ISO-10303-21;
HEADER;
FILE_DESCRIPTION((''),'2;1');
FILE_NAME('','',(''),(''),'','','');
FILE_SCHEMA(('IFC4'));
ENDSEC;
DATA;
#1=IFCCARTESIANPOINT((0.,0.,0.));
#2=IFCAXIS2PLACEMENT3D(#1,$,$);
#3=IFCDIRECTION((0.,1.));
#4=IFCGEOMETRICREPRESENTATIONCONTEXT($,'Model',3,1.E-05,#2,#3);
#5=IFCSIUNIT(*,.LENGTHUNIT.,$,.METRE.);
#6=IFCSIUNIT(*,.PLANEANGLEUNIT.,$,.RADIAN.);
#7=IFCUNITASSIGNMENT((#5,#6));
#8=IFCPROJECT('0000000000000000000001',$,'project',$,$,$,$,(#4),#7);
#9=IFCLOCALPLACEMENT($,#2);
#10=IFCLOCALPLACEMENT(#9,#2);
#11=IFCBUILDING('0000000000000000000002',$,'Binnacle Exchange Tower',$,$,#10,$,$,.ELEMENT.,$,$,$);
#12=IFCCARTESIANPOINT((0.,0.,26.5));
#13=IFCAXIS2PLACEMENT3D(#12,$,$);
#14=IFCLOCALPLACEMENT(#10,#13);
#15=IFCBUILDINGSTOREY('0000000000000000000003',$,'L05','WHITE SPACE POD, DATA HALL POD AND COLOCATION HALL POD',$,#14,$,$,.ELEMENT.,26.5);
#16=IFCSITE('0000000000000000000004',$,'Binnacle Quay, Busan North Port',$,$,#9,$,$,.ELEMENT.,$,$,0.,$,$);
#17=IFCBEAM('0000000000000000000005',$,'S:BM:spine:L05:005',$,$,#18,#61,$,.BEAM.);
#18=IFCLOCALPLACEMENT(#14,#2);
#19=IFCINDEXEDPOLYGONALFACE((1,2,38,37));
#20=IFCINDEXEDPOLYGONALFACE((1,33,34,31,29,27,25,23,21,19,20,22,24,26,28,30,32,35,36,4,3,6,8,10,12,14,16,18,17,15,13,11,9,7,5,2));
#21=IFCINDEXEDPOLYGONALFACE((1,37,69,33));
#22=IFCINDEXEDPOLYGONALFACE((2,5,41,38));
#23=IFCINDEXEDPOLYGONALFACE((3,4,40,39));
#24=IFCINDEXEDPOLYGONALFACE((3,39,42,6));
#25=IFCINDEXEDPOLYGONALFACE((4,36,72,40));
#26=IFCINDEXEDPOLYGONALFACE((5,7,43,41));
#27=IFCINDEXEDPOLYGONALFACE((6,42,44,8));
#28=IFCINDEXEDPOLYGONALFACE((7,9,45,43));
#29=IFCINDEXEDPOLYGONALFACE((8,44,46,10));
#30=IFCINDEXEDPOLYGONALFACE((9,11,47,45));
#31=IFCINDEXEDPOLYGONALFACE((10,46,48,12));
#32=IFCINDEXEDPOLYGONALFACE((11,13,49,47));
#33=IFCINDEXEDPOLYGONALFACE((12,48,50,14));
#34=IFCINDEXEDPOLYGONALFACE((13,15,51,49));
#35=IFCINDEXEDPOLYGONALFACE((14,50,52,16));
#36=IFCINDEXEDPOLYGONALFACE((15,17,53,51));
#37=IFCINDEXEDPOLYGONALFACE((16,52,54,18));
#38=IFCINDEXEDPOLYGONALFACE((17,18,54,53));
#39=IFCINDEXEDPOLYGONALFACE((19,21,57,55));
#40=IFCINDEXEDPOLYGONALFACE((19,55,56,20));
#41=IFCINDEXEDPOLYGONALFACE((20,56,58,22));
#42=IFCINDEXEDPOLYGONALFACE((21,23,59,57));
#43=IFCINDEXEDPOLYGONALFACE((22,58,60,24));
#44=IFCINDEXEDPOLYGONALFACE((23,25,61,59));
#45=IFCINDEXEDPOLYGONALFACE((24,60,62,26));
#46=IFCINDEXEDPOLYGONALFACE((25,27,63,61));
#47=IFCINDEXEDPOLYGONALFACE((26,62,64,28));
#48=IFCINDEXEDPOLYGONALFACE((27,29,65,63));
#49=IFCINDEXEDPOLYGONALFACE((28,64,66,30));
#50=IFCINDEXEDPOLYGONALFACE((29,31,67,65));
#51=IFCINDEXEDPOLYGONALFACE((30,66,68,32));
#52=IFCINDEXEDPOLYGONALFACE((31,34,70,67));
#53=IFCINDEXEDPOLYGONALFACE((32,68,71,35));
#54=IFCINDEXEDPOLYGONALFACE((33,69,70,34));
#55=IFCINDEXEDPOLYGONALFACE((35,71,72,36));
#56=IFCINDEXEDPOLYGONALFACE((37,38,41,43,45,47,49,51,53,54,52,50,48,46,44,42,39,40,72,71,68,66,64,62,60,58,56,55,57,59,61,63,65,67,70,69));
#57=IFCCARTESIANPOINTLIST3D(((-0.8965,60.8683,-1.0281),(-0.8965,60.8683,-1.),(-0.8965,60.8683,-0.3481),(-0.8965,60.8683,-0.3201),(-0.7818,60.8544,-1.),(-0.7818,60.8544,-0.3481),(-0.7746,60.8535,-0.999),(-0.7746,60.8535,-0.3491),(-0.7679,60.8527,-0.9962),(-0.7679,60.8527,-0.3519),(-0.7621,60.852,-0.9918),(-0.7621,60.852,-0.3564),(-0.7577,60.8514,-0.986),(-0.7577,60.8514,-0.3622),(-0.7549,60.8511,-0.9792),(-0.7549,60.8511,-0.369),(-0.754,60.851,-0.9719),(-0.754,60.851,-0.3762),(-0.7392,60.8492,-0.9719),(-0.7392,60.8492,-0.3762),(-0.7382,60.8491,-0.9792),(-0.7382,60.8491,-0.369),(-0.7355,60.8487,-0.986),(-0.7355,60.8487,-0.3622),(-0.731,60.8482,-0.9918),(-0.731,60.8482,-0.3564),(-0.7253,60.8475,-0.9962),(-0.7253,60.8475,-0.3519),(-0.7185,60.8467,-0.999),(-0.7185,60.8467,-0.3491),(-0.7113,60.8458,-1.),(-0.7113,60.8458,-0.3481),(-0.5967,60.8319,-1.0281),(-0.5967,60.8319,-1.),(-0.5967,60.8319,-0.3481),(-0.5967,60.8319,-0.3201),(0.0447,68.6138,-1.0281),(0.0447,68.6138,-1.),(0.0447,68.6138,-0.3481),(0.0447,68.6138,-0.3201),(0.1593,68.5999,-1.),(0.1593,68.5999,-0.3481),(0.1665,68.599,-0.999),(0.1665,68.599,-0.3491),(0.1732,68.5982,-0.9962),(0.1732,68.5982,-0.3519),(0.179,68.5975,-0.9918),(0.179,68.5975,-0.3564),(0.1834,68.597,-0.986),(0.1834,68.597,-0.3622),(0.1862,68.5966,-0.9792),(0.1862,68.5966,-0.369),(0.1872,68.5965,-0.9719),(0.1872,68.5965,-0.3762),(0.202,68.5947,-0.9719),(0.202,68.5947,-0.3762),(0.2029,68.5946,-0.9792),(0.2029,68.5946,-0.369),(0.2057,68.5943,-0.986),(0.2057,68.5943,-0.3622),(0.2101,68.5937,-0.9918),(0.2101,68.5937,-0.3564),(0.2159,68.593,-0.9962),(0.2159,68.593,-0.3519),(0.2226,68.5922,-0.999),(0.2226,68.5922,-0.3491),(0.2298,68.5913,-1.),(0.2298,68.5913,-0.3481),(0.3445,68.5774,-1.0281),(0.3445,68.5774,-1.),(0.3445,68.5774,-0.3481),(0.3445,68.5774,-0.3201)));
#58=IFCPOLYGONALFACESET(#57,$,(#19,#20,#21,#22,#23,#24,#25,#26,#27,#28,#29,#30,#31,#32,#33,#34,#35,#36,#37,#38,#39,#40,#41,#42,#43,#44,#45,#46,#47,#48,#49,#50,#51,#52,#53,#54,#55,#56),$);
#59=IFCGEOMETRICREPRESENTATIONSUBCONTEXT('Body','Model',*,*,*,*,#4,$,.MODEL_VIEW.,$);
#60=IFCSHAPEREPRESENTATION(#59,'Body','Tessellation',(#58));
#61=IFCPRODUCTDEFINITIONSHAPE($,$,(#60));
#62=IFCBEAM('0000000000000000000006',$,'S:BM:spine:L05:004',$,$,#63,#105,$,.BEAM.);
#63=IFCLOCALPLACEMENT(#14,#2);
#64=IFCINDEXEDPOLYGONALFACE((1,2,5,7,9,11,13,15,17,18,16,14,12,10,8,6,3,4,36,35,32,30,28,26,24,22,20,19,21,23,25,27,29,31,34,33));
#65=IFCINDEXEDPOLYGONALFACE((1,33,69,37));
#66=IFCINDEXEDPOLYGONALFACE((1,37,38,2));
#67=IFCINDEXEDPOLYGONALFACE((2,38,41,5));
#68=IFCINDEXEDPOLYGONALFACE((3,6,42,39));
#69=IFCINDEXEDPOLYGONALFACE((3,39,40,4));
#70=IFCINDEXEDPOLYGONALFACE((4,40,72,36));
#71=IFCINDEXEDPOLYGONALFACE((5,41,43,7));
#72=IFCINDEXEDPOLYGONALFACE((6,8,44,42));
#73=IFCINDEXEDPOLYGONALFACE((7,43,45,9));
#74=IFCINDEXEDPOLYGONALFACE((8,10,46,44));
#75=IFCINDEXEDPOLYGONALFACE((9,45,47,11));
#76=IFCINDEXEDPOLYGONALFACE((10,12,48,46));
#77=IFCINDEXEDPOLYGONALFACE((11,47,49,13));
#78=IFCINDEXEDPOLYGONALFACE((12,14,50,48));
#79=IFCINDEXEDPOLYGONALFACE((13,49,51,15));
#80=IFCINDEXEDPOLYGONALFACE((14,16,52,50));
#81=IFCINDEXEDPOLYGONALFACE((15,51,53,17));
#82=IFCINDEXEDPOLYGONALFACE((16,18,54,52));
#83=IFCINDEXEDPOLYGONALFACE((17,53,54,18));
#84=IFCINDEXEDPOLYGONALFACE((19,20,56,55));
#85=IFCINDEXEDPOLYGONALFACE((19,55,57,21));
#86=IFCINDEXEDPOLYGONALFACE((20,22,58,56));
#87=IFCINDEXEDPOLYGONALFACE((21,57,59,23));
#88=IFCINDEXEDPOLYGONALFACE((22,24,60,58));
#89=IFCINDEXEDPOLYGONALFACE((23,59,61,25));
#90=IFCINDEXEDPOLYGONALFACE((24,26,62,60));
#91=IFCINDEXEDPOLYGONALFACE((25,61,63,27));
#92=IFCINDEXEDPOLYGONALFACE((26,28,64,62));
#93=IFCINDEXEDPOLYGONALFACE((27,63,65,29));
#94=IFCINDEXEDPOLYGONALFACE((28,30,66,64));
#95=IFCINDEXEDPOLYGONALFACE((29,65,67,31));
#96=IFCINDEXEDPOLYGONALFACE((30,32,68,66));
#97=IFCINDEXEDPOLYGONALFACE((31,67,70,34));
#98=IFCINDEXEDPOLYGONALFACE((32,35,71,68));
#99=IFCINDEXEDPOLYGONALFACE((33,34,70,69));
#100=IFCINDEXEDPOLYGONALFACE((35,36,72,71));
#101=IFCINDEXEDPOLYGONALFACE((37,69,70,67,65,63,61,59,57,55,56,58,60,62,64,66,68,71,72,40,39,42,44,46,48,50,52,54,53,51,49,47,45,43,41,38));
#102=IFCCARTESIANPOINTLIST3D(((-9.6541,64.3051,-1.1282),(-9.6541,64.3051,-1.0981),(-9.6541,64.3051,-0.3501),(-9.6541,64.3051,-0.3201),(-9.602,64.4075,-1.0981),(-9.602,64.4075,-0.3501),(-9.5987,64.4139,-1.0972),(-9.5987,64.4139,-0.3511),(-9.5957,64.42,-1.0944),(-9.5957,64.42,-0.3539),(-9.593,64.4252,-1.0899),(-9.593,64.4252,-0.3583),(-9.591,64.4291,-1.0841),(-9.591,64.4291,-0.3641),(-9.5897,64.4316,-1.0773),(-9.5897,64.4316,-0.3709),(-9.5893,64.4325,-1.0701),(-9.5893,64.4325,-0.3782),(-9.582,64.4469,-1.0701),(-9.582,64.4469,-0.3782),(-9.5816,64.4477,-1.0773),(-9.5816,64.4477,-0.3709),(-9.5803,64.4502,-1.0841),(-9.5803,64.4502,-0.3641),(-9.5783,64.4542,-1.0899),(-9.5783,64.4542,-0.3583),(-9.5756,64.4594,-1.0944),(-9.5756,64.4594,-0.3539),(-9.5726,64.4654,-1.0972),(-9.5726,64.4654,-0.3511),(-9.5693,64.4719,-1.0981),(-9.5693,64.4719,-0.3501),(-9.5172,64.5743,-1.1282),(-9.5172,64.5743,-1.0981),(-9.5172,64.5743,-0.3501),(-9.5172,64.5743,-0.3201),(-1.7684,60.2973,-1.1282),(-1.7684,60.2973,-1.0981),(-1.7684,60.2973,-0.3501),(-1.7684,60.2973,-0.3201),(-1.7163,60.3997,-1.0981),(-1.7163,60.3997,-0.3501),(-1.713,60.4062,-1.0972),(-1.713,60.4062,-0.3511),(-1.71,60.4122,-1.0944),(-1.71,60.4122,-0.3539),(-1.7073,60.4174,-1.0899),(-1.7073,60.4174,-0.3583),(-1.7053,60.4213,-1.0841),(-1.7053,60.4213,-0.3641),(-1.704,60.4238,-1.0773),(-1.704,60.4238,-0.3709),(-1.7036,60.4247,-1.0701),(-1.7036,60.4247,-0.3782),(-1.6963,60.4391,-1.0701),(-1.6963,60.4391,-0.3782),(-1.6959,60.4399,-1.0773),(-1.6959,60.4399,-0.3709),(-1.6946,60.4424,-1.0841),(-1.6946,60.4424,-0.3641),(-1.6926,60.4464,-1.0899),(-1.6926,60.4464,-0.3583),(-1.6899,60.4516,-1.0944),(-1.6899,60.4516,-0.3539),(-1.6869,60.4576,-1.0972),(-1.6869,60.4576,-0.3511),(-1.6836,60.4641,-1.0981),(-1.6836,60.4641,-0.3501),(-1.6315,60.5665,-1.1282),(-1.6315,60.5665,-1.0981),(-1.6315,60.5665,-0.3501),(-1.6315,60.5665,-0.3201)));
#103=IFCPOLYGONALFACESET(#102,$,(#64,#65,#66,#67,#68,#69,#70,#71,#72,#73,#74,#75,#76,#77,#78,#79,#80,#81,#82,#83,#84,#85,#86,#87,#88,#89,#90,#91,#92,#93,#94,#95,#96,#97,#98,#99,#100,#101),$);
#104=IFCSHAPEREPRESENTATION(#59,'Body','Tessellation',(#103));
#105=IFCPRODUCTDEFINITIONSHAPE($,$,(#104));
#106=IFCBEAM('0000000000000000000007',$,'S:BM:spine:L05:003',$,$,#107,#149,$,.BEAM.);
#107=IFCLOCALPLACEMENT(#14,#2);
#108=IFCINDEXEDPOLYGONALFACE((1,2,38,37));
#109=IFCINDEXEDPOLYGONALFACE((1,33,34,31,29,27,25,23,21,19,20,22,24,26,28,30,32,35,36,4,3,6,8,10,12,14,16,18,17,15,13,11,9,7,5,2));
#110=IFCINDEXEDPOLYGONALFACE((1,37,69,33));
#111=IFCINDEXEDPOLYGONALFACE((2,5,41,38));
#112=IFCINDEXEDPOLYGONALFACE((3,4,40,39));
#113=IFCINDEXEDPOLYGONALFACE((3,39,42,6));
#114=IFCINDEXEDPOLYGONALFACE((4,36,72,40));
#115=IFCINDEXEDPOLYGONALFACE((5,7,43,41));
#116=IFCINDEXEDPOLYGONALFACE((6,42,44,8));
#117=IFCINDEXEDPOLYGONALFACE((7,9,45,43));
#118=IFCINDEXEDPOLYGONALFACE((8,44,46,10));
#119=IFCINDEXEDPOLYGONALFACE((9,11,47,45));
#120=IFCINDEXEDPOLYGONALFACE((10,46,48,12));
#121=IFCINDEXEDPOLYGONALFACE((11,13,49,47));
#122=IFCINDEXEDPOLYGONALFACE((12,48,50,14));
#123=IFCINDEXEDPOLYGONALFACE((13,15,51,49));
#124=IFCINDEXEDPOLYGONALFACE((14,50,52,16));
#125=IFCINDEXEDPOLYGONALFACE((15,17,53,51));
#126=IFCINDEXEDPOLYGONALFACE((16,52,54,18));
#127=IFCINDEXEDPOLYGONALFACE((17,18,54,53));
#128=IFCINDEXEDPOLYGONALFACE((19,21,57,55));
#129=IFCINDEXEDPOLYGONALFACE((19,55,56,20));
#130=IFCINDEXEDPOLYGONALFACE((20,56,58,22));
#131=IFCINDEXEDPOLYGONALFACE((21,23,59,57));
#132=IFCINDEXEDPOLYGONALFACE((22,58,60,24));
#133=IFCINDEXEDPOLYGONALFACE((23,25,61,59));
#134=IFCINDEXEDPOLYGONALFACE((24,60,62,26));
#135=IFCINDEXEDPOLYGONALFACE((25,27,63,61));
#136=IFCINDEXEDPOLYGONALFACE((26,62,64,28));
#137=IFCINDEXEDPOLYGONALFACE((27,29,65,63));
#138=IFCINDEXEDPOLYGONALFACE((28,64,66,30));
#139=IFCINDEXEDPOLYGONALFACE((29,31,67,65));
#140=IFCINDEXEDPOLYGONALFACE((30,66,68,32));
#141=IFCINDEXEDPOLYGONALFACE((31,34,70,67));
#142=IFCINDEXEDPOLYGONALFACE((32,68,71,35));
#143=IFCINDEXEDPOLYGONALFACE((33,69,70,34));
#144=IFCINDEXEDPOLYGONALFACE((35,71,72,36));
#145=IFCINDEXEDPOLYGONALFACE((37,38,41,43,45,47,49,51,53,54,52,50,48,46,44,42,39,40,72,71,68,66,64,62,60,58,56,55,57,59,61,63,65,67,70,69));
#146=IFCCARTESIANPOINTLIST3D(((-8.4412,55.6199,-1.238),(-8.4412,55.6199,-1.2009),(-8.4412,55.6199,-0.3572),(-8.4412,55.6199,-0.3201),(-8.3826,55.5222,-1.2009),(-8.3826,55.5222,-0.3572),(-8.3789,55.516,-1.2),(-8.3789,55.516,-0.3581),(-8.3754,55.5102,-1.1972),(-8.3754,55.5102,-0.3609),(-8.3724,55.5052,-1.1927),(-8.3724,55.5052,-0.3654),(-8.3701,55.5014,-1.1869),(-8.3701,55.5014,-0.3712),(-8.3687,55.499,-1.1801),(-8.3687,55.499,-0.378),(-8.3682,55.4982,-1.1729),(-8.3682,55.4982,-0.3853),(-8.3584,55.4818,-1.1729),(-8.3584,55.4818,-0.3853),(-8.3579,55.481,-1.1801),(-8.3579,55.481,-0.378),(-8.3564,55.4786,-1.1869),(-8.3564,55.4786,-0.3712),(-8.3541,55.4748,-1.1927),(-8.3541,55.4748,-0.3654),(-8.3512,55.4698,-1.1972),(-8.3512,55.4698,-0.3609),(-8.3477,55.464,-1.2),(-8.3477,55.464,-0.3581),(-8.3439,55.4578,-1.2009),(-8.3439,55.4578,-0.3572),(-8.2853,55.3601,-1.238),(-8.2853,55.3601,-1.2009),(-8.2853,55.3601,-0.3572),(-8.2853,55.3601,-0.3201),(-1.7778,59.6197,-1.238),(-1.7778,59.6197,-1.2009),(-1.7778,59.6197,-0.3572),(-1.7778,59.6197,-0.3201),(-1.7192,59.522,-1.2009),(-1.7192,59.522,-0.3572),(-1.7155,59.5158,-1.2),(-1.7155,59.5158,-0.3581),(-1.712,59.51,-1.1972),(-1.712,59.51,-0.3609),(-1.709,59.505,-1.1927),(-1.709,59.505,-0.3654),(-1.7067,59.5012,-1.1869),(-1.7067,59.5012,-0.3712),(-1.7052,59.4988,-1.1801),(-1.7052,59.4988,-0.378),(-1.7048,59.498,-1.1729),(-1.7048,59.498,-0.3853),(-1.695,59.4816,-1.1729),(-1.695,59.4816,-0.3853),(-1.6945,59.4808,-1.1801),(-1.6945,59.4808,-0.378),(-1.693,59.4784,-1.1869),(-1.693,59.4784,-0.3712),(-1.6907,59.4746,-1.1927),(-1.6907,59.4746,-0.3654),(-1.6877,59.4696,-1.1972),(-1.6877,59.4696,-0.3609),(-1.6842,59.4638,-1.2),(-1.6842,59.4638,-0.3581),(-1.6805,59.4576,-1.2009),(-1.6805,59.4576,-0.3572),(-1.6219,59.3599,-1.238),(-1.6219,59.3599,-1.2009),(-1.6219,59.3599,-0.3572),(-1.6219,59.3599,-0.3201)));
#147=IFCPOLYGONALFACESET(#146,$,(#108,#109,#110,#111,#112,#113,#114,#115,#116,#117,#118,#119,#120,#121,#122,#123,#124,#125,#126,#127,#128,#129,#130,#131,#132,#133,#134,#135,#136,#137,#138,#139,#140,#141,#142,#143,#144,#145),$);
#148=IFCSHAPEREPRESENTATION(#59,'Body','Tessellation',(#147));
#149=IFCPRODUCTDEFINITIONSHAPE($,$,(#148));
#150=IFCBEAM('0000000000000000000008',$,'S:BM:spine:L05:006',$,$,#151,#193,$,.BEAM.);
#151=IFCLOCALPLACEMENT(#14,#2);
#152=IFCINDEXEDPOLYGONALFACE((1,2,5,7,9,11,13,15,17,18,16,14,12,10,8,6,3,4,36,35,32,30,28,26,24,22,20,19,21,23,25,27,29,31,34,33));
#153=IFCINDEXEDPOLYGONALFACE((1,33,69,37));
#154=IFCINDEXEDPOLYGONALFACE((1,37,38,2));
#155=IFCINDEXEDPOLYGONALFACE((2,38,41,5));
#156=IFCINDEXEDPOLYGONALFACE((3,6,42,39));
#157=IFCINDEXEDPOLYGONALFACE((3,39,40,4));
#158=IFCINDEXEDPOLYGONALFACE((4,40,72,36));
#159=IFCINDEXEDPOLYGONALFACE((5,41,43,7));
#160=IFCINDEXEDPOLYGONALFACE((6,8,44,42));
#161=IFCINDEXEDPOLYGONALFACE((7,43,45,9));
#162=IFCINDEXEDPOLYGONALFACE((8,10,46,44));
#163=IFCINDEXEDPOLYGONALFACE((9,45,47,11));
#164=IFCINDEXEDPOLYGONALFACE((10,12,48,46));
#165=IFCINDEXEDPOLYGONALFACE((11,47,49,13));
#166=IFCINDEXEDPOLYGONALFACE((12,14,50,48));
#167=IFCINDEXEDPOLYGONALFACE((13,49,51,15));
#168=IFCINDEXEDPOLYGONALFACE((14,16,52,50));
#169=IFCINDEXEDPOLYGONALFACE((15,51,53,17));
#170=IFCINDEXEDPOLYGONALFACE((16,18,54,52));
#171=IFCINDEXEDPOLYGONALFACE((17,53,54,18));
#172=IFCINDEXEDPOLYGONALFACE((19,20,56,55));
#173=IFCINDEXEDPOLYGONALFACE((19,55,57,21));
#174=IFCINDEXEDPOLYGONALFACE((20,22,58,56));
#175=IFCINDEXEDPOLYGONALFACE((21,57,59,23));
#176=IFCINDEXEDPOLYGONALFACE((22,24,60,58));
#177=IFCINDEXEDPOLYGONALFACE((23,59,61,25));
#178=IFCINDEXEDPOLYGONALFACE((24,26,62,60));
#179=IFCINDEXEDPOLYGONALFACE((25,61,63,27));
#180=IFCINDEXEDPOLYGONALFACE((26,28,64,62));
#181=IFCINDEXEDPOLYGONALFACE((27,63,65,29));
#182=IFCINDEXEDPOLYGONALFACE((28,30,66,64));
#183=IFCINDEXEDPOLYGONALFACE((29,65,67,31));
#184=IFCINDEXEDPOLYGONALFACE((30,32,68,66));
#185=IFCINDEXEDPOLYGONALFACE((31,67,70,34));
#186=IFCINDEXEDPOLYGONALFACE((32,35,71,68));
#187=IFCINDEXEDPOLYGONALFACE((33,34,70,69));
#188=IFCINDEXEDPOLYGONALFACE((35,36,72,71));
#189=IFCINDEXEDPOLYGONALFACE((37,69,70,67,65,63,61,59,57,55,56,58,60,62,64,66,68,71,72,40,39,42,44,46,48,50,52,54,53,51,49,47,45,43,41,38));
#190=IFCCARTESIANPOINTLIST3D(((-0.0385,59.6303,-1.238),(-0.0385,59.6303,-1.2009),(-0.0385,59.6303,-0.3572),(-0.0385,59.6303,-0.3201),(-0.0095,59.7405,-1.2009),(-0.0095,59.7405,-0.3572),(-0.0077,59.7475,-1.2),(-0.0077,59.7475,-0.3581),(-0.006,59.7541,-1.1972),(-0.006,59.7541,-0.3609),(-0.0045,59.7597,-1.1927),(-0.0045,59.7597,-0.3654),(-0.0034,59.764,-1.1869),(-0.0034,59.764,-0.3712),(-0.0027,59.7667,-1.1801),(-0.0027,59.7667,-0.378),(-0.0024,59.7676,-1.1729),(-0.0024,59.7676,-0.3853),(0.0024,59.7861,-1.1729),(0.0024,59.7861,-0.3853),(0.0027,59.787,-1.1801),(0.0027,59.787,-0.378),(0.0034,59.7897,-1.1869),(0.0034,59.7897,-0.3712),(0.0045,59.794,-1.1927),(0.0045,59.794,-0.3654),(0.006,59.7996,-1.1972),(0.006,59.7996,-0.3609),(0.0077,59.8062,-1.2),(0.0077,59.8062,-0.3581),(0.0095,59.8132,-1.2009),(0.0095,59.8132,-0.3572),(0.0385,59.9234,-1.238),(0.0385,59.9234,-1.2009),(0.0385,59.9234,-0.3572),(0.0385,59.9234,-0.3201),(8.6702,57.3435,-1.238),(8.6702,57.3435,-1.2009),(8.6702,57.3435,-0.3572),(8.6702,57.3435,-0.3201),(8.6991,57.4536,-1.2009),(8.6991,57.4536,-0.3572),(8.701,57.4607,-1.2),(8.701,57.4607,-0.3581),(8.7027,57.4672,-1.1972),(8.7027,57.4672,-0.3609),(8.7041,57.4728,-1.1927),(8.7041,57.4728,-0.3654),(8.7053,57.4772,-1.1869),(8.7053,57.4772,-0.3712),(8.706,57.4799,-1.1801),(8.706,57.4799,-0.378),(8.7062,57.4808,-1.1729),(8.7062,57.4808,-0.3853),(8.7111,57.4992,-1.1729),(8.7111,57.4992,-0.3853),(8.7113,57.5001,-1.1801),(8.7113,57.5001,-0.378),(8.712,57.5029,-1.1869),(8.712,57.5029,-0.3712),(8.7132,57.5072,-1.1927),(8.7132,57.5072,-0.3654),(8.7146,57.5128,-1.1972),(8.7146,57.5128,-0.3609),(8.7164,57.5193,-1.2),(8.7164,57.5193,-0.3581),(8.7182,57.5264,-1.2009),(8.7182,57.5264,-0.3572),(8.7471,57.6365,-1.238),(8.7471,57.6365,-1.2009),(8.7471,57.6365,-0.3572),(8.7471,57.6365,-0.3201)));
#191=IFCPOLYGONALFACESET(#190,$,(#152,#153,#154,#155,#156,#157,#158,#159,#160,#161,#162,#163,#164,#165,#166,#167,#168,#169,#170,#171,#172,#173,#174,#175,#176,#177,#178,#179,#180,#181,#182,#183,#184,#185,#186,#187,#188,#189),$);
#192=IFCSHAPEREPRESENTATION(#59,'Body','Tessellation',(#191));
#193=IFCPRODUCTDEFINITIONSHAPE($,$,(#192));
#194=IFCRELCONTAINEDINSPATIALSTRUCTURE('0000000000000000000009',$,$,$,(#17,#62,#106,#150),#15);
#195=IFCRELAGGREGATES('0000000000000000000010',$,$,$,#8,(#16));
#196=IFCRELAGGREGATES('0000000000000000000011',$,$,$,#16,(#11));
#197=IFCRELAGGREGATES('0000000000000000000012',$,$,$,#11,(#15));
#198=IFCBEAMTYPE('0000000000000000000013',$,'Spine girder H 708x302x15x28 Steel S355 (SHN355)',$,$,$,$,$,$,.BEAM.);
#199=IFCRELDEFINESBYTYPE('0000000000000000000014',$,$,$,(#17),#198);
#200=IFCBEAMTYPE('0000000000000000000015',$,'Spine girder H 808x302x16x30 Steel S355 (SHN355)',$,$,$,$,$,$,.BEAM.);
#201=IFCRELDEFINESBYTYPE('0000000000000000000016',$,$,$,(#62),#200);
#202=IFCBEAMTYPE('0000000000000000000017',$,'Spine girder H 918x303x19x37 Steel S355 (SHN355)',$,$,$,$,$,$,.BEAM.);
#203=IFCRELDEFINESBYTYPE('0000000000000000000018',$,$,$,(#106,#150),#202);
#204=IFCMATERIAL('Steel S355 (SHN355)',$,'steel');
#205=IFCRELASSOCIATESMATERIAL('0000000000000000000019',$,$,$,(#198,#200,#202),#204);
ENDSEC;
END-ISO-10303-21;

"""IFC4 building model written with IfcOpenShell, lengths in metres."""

from ifc_helpers import new_model, si_unit, direction, frame, origin, origin_2d, place, context, subcontext, project, spatial, i_section, extrude, material, material_profile, profile_set, type_object, element, save


model = new_model("IFC4")

# Units and contexts
model_context = context("Model", 3, precision=1e-05, world=origin(), true_north=direction((0.0, 1.0)))
body_context = subcontext(model_context, "Body", "Model", "MODEL_VIEW")
ifc_project = project(units=[si_unit("LENGTHUNIT", "METRE"), si_unit("PLANEANGLEUNIT", "RADIAN")], contexts=[model_context])

# Site, building, storey
site_placement = place(None, origin())
site = spatial("IfcSite", under=ifc_project, at=site_placement, Name="Binnacle Quay, Busan North Port", CompositionType="ELEMENT", RefElevation=0.0)
building_placement = place(site_placement, origin())
building = spatial("IfcBuilding", under=site, at=building_placement, Name="Binnacle Exchange Tower", CompositionType="ELEMENT")
storey_placement = place(building_placement, frame((0.0, 0.0, 26.5)))
storey = spatial("IfcBuildingStorey", under=building, at=storey_placement, Name="L05", Description="WHITE SPACE POD, DATA HALL POD AND COLOCATION HALL POD", CompositionType="ELEMENT", Elevation=26.5)

# Beams
ifc_material_1 = material(Name="Steel S355 (SHN355)", Category="steel")
ifc_material_profile_1 = material_profile(ifc_material_1, i_section(OverallWidth=0.302, OverallDepth=0.708, WebThickness=0.0149, FlangeThickness=0.0281, FilletRadius=0.0281, at=origin_2d()), Name="H 708x302x15x28")
ifc_profile_set_1 = profile_set([ifc_material_profile_1], Name="Steel S355 (SHN355)")
beam_type_1 = type_object("IfcBeamType", Name="Spine girder H 708x302x15x28 Steel S355 (SHN355)", PredefinedType="BEAM", material=ifc_profile_set_1)
beam_1_placement = place(storey_placement, frame((-0.7466, 60.8501, -0.6741), z_axis=(0.120622, 0.992699, 0.0), x_axis=(-0.992699, 0.120622, 0.0)))
element("IfcBeam", 1, at=beam_1_placement, inside=storey, type_object=beam_type_1, Name="S:BM:spine:L05:005", PredefinedType="BEAM", context=body_context, shape_type="SweptSolid", body=[
    extrude(i_section(OverallWidth=0.302, OverallDepth=0.708, WebThickness=0.0149, FlangeThickness=0.0281, FilletRadius=0.0281, at=origin_2d()), origin(), (0.0, 0.0, 1.0), 7.8025),
])
ifc_material_profile_2 = material_profile(ifc_material_1, i_section(OverallWidth=0.302, OverallDepth=0.8081, WebThickness=0.0161, FlangeThickness=0.03, FilletRadius=0.0281, at=origin_2d()), Name="H 808x302x16x30")
ifc_profile_set_2 = profile_set([ifc_material_profile_2], Name="Steel S355 (SHN355)")
beam_type_2 = type_object("IfcBeamType", Name="Spine girder H 808x302x16x30 Steel S355 (SHN355)", PredefinedType="BEAM", material=ifc_profile_set_2)
beam_2_placement = place(storey_placement, frame((-1.7, 60.4319, -0.7241), z_axis=(-0.891471, 0.453077, 0.0), x_axis=(-0.453077, -0.891471, 0.0)))
element("IfcBeam", 2, at=beam_2_placement, inside=storey, type_object=beam_type_2, Name="S:BM:spine:L05:004", PredefinedType="BEAM", context=body_context, shape_type="SweptSolid", body=[
    extrude(i_section(OverallWidth=0.302, OverallDepth=0.8081, WebThickness=0.0161, FlangeThickness=0.03, FilletRadius=0.0281, at=origin_2d()), origin(), (0.0, 0.0, 1.0), 8.8457),
])
ifc_material_profile_3 = material_profile(ifc_material_1, i_section(OverallWidth=0.303, OverallDepth=0.918, WebThickness=0.019, FlangeThickness=0.0371, FilletRadius=0.0281, at=origin_2d()), Name="H 918x303x19x37")
ifc_profile_set_3 = profile_set([ifc_material_profile_3], Name="Steel S355 (SHN355)")
beam_type_3 = type_object("IfcBeamType", Name="Spine girder H 918x303x19x37 Steel S355 (SHN355)", PredefinedType="BEAM", material=ifc_profile_set_3)
beam_3_placement = place(storey_placement, frame((-8.3633, 55.49, -0.7791), z_axis=(0.857393, 0.514662, 0.0), x_axis=(-0.514662, 0.857393, 0.0)))
element("IfcBeam", 3, at=beam_3_placement, inside=storey, type_object=beam_type_3, Name="S:BM:spine:L05:003", PredefinedType="BEAM", context=body_context, shape_type="SweptSolid", body=[
    extrude(i_section(OverallWidth=0.303, OverallDepth=0.918, WebThickness=0.019, FlangeThickness=0.0371, FilletRadius=0.0281, at=origin_2d()), origin(), (0.0, 0.0, 1.0), 7.7717),
])
beam_4_placement = place(storey_placement, frame((0.0, 59.7769, -0.7791), z_axis=(0.967209, -0.253983, 0.0), x_axis=(0.253983, 0.967209, 0.0)))
element("IfcBeam", 4, at=beam_4_placement, inside=storey, type_object=beam_type_3, Name="S:BM:spine:L05:006", PredefinedType="BEAM", context=body_context, shape_type="SweptSolid", body=[
    extrude(i_section(OverallWidth=0.303, OverallDepth=0.918, WebThickness=0.019, FlangeThickness=0.0371, FilletRadius=0.0281, at=origin_2d()), origin(), (0.0, 0.0, 1.0), 9.0039),
])

save(model, "model.ifc")
